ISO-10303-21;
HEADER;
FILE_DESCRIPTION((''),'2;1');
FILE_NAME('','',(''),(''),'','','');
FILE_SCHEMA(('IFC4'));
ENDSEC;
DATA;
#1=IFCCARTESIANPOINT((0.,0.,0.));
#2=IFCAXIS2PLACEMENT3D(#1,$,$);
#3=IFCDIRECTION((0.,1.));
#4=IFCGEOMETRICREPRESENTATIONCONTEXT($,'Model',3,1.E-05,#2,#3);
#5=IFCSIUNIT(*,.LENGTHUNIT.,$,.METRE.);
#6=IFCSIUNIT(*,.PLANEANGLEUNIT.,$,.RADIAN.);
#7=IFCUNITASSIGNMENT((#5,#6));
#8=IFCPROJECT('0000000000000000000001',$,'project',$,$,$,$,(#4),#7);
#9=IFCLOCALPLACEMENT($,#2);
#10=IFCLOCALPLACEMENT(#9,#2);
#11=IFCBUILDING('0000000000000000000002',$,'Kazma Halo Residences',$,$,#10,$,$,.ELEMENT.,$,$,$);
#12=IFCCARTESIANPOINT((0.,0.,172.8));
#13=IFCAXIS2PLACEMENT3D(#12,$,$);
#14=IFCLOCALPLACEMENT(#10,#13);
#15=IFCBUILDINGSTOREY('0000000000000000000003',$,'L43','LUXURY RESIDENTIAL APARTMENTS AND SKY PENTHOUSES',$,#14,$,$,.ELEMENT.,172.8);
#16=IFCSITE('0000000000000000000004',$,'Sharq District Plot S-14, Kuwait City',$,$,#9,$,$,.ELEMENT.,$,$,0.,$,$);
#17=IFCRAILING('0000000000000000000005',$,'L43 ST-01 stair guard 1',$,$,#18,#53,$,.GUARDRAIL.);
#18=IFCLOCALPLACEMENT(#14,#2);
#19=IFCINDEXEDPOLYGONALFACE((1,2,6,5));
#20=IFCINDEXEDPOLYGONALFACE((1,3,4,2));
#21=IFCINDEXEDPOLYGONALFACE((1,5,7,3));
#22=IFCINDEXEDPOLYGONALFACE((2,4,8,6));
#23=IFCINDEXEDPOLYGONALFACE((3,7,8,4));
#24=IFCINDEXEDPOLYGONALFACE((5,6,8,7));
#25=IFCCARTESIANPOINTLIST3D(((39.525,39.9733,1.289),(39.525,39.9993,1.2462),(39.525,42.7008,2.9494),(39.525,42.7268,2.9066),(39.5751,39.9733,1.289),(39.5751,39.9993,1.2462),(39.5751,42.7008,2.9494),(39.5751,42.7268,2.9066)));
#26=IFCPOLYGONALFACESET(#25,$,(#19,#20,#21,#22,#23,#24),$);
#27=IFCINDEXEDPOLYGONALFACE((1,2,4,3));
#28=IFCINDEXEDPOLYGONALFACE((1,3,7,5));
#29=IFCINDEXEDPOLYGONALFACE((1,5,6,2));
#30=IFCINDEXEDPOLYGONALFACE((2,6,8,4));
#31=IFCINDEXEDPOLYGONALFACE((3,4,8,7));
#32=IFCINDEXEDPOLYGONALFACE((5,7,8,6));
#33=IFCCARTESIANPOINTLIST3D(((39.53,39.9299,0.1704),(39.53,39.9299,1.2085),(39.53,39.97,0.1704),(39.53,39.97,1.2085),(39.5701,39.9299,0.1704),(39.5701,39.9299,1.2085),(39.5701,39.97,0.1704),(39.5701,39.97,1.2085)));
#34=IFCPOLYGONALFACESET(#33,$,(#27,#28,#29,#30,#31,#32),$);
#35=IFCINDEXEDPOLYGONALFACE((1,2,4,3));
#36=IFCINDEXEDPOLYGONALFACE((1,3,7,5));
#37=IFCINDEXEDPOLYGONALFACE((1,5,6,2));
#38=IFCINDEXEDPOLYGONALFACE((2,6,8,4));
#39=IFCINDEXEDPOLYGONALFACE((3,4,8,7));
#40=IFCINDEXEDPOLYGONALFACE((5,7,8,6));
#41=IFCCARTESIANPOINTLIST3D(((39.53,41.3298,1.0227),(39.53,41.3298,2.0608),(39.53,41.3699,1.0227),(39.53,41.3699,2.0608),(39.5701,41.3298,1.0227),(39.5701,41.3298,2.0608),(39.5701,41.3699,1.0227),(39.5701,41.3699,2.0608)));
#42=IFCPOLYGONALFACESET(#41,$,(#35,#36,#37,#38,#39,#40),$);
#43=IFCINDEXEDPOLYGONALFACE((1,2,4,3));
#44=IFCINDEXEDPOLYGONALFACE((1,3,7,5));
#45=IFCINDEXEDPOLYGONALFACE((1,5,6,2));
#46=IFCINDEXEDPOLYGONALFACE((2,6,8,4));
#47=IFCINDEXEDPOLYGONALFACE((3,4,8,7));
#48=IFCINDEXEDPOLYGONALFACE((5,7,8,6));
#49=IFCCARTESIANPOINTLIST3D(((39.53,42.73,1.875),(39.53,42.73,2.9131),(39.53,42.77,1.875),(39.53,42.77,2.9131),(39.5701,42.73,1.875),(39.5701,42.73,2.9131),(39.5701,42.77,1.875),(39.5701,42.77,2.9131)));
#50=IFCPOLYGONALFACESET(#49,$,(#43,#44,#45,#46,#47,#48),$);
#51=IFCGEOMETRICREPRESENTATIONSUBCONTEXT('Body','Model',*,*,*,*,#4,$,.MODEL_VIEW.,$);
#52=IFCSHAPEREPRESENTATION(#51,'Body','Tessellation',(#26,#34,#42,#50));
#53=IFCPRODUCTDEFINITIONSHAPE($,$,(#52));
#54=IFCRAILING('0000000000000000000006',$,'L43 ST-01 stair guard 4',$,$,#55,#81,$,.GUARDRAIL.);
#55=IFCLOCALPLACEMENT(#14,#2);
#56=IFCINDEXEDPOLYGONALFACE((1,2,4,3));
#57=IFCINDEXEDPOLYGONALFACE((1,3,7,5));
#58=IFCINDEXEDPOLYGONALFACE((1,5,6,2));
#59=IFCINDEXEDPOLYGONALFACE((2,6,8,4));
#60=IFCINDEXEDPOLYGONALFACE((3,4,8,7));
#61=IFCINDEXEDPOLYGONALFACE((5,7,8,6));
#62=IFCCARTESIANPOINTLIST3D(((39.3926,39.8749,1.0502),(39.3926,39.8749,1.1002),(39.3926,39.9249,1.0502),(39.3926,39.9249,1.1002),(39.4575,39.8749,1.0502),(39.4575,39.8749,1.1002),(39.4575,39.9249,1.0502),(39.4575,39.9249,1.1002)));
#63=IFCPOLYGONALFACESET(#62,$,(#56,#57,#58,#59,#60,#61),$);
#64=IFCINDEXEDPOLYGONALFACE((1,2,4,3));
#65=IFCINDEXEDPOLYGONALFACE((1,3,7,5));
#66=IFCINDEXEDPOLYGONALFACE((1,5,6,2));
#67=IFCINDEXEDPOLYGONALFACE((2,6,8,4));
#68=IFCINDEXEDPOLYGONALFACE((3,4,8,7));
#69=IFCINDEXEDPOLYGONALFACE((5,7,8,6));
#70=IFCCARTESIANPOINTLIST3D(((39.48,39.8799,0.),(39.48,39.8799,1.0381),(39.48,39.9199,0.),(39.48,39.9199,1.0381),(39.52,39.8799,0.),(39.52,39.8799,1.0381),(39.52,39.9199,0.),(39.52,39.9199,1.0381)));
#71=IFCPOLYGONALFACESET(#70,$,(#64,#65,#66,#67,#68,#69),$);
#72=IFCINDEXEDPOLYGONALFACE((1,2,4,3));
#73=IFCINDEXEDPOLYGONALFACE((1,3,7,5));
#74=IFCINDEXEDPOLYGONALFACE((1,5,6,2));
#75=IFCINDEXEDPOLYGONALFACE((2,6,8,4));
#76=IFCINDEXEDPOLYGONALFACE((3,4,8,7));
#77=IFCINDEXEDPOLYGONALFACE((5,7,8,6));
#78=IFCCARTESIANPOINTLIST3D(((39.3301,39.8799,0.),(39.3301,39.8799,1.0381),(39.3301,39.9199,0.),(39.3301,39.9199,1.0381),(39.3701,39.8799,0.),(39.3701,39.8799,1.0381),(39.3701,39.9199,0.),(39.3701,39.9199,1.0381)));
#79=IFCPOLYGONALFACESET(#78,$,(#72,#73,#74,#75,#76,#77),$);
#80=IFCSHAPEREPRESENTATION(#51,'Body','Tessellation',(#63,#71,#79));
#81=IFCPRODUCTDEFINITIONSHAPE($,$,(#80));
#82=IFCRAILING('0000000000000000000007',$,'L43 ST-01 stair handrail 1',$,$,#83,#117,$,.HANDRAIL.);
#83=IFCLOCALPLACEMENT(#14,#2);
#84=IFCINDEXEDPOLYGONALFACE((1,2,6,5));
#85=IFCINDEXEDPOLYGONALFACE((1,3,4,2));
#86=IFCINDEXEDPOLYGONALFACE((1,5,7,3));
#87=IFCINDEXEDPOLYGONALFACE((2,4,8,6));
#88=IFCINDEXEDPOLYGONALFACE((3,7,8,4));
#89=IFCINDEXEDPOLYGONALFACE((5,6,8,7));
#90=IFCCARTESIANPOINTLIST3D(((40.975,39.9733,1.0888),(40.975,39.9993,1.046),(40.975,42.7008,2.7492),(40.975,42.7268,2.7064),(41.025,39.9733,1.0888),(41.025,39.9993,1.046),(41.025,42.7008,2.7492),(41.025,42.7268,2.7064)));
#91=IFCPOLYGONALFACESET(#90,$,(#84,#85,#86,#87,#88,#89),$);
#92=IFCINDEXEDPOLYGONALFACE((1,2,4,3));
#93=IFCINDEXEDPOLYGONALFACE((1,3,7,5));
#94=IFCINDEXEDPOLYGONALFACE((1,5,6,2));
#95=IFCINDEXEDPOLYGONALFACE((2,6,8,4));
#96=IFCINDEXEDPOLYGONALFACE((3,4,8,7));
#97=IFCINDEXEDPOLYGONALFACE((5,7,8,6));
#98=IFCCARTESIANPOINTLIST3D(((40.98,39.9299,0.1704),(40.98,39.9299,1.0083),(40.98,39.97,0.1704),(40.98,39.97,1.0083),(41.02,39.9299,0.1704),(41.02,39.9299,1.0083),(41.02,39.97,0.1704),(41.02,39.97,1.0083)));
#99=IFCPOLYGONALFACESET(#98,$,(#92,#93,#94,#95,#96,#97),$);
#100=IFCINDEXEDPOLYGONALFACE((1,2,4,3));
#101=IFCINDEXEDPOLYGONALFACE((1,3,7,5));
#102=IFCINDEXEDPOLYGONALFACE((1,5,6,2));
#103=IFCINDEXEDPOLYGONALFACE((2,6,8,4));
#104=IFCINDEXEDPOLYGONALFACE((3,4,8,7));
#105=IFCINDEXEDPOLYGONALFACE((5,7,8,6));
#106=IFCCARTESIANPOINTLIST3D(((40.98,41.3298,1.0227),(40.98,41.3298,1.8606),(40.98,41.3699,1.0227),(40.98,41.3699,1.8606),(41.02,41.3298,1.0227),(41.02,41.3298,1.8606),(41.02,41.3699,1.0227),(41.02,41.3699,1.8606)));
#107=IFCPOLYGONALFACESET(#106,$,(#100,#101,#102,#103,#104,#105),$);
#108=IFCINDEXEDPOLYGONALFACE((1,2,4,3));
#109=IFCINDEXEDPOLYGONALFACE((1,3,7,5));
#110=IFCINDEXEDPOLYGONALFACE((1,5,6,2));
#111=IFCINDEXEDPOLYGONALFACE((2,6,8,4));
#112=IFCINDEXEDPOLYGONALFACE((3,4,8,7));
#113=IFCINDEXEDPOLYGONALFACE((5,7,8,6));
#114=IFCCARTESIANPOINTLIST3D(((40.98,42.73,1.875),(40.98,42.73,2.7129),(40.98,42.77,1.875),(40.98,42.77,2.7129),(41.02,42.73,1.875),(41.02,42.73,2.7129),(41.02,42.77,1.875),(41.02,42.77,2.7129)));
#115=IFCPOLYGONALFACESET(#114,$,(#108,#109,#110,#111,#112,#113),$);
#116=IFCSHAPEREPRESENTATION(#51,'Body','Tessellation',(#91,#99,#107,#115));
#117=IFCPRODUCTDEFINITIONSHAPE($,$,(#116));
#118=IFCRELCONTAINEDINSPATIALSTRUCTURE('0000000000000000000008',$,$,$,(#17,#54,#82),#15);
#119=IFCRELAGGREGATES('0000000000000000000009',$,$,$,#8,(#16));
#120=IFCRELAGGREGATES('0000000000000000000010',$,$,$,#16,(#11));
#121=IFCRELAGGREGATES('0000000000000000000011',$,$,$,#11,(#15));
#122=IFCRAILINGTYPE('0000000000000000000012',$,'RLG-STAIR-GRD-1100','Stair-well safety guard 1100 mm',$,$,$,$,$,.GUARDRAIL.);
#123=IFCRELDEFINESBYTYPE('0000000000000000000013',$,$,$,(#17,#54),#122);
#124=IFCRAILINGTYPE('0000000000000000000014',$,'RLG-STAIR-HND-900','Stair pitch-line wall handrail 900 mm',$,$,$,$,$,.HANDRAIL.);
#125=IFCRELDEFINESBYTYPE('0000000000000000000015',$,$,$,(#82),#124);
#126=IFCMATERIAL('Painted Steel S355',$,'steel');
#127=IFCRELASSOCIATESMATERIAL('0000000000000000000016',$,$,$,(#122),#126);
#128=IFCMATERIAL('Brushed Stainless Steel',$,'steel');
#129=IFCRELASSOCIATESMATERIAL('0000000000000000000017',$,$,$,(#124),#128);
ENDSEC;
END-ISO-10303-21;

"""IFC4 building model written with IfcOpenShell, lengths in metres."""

from ifc_helpers import new_model, si_unit, direction, frame, origin, origin_2d, place, context, subcontext, project, spatial, rectangle, extrude, material, type_object, element, save


model = new_model("IFC4")

# Units and contexts
model_context = context("Model", 3, precision=1e-05, world=origin(), true_north=direction((0.0, 1.0)))
body_context = subcontext(model_context, "Body", "Model", "MODEL_VIEW")
ifc_project = project(units=[si_unit("LENGTHUNIT", "METRE"), si_unit("PLANEANGLEUNIT", "RADIAN")], contexts=[model_context])

# Site, building, storey
site_placement = place(None, origin())
site = spatial("IfcSite", under=ifc_project, at=site_placement, Name="Sharq District Plot S-14, Kuwait City", CompositionType="ELEMENT", RefElevation=0.0)
building_placement = place(site_placement, origin())
building = spatial("IfcBuilding", under=site, at=building_placement, Name="Kazma Halo Residences", CompositionType="ELEMENT")
storey_placement = place(building_placement, frame((0.0, 0.0, 172.8)))
storey = spatial("IfcBuildingStorey", under=building, at=storey_placement, Name="L43", Description="LUXURY RESIDENTIAL APARTMENTS AND SKY PENTHOUSES", CompositionType="ELEMENT", Elevation=172.8)

# Railings
ifc_material_1 = material(Name="Painted Steel S355", Category="steel")
railing_type_1 = type_object("IfcRailingType", Name="RLG-STAIR-GRD-1100", Description="Stair-well safety guard 1100 mm", PredefinedType="GUARDRAIL", material=ifc_material_1)
railing_1_placement = place(storey_placement, frame((39.55, 39.95, 0.1704)))
element("IfcRailing", 1, at=railing_1_placement, inside=storey, type_object=railing_type_1, Name="L43 ST-01 stair guard 1", PredefinedType="GUARDRAIL", context=body_context, shape_type="SweptSolid", body=[
    extrude(rectangle(XDim=0.05, YDim=0.05, at=origin_2d()), frame((0.0, 0.0364, 1.0972), z_axis=(0.0, 0.85417, 0.519994), x_axis=(-1.0, 0.0, 0.0)), (0.0, 0.0, 1.0), 3.1931),
    extrude(rectangle(XDim=0.04, YDim=0.04, at=origin_2d()), origin(), (0.0, 0.0, 1.0), 1.0381),
    extrude(rectangle(XDim=0.04, YDim=0.04, at=origin_2d()), frame((0.0, 1.3999, 0.8523)), (0.0, 0.0, 1.0), 1.0381),
    extrude(rectangle(XDim=0.04, YDim=0.04, at=origin_2d()), frame((0.0, 2.8, 1.7046)), (0.0, 0.0, 1.0), 1.0381),
])
railing_2_placement = place(storey_placement, frame((39.5, 39.8999, 0.0)))
element("IfcRailing", 2, at=railing_2_placement, inside=storey, type_object=railing_type_1, Name="L43 ST-01 stair guard 4", PredefinedType="GUARDRAIL", context=body_context, shape_type="SweptSolid", body=[
    extrude(rectangle(XDim=0.05, YDim=0.05, at=origin_2d()), frame((-0.0425, 0.0, 1.0752), z_axis=(-1.0, 0.0, 0.0), x_axis=(0.0, -1.0, 0.0)), (0.0, 0.0, 1.0), 0.0649),
    extrude(rectangle(XDim=0.04, YDim=0.04, at=origin_2d()), origin(), (0.0, 0.0, 1.0), 1.0381),
    extrude(rectangle(XDim=0.04, YDim=0.04, at=origin_2d()), frame((-0.1499, 0.0, 0.0)), (0.0, 0.0, 1.0), 1.0381),
])
ifc_material_2 = material(Name="Brushed Stainless Steel", Category="steel")
railing_type_2 = type_object("IfcRailingType", Name="RLG-STAIR-HND-900", Description="Stair pitch-line wall handrail 900 mm", PredefinedType="HANDRAIL", material=ifc_material_2)
railing_3_placement = place(storey_placement, frame((41.0, 39.95, 0.1704)))
element("IfcRailing", 3, at=railing_3_placement, inside=storey, type_object=railing_type_2, Name="L43 ST-01 stair handrail 1", PredefinedType="HANDRAIL", context=body_context, shape_type="SweptSolid", body=[
    extrude(rectangle(XDim=0.05, YDim=0.05, at=origin_2d()), frame((0.0, 0.0364, 0.897), z_axis=(0.0, 0.85417, 0.519994), x_axis=(-1.0, 0.0, 0.0)), (0.0, 0.0, 1.0), 3.1931),
    extrude(rectangle(XDim=0.04, YDim=0.04, at=origin_2d()), origin(), (0.0, 0.0, 1.0), 0.8379),
    extrude(rectangle(XDim=0.04, YDim=0.04, at=origin_2d()), frame((0.0, 1.3999, 0.8523)), (0.0, 0.0, 1.0), 0.8379),
    extrude(rectangle(XDim=0.04, YDim=0.04, at=origin_2d()), frame((0.0, 2.8, 1.7046)), (0.0, 0.0, 1.0), 0.8379),
])

save(model, "model.ifc")
